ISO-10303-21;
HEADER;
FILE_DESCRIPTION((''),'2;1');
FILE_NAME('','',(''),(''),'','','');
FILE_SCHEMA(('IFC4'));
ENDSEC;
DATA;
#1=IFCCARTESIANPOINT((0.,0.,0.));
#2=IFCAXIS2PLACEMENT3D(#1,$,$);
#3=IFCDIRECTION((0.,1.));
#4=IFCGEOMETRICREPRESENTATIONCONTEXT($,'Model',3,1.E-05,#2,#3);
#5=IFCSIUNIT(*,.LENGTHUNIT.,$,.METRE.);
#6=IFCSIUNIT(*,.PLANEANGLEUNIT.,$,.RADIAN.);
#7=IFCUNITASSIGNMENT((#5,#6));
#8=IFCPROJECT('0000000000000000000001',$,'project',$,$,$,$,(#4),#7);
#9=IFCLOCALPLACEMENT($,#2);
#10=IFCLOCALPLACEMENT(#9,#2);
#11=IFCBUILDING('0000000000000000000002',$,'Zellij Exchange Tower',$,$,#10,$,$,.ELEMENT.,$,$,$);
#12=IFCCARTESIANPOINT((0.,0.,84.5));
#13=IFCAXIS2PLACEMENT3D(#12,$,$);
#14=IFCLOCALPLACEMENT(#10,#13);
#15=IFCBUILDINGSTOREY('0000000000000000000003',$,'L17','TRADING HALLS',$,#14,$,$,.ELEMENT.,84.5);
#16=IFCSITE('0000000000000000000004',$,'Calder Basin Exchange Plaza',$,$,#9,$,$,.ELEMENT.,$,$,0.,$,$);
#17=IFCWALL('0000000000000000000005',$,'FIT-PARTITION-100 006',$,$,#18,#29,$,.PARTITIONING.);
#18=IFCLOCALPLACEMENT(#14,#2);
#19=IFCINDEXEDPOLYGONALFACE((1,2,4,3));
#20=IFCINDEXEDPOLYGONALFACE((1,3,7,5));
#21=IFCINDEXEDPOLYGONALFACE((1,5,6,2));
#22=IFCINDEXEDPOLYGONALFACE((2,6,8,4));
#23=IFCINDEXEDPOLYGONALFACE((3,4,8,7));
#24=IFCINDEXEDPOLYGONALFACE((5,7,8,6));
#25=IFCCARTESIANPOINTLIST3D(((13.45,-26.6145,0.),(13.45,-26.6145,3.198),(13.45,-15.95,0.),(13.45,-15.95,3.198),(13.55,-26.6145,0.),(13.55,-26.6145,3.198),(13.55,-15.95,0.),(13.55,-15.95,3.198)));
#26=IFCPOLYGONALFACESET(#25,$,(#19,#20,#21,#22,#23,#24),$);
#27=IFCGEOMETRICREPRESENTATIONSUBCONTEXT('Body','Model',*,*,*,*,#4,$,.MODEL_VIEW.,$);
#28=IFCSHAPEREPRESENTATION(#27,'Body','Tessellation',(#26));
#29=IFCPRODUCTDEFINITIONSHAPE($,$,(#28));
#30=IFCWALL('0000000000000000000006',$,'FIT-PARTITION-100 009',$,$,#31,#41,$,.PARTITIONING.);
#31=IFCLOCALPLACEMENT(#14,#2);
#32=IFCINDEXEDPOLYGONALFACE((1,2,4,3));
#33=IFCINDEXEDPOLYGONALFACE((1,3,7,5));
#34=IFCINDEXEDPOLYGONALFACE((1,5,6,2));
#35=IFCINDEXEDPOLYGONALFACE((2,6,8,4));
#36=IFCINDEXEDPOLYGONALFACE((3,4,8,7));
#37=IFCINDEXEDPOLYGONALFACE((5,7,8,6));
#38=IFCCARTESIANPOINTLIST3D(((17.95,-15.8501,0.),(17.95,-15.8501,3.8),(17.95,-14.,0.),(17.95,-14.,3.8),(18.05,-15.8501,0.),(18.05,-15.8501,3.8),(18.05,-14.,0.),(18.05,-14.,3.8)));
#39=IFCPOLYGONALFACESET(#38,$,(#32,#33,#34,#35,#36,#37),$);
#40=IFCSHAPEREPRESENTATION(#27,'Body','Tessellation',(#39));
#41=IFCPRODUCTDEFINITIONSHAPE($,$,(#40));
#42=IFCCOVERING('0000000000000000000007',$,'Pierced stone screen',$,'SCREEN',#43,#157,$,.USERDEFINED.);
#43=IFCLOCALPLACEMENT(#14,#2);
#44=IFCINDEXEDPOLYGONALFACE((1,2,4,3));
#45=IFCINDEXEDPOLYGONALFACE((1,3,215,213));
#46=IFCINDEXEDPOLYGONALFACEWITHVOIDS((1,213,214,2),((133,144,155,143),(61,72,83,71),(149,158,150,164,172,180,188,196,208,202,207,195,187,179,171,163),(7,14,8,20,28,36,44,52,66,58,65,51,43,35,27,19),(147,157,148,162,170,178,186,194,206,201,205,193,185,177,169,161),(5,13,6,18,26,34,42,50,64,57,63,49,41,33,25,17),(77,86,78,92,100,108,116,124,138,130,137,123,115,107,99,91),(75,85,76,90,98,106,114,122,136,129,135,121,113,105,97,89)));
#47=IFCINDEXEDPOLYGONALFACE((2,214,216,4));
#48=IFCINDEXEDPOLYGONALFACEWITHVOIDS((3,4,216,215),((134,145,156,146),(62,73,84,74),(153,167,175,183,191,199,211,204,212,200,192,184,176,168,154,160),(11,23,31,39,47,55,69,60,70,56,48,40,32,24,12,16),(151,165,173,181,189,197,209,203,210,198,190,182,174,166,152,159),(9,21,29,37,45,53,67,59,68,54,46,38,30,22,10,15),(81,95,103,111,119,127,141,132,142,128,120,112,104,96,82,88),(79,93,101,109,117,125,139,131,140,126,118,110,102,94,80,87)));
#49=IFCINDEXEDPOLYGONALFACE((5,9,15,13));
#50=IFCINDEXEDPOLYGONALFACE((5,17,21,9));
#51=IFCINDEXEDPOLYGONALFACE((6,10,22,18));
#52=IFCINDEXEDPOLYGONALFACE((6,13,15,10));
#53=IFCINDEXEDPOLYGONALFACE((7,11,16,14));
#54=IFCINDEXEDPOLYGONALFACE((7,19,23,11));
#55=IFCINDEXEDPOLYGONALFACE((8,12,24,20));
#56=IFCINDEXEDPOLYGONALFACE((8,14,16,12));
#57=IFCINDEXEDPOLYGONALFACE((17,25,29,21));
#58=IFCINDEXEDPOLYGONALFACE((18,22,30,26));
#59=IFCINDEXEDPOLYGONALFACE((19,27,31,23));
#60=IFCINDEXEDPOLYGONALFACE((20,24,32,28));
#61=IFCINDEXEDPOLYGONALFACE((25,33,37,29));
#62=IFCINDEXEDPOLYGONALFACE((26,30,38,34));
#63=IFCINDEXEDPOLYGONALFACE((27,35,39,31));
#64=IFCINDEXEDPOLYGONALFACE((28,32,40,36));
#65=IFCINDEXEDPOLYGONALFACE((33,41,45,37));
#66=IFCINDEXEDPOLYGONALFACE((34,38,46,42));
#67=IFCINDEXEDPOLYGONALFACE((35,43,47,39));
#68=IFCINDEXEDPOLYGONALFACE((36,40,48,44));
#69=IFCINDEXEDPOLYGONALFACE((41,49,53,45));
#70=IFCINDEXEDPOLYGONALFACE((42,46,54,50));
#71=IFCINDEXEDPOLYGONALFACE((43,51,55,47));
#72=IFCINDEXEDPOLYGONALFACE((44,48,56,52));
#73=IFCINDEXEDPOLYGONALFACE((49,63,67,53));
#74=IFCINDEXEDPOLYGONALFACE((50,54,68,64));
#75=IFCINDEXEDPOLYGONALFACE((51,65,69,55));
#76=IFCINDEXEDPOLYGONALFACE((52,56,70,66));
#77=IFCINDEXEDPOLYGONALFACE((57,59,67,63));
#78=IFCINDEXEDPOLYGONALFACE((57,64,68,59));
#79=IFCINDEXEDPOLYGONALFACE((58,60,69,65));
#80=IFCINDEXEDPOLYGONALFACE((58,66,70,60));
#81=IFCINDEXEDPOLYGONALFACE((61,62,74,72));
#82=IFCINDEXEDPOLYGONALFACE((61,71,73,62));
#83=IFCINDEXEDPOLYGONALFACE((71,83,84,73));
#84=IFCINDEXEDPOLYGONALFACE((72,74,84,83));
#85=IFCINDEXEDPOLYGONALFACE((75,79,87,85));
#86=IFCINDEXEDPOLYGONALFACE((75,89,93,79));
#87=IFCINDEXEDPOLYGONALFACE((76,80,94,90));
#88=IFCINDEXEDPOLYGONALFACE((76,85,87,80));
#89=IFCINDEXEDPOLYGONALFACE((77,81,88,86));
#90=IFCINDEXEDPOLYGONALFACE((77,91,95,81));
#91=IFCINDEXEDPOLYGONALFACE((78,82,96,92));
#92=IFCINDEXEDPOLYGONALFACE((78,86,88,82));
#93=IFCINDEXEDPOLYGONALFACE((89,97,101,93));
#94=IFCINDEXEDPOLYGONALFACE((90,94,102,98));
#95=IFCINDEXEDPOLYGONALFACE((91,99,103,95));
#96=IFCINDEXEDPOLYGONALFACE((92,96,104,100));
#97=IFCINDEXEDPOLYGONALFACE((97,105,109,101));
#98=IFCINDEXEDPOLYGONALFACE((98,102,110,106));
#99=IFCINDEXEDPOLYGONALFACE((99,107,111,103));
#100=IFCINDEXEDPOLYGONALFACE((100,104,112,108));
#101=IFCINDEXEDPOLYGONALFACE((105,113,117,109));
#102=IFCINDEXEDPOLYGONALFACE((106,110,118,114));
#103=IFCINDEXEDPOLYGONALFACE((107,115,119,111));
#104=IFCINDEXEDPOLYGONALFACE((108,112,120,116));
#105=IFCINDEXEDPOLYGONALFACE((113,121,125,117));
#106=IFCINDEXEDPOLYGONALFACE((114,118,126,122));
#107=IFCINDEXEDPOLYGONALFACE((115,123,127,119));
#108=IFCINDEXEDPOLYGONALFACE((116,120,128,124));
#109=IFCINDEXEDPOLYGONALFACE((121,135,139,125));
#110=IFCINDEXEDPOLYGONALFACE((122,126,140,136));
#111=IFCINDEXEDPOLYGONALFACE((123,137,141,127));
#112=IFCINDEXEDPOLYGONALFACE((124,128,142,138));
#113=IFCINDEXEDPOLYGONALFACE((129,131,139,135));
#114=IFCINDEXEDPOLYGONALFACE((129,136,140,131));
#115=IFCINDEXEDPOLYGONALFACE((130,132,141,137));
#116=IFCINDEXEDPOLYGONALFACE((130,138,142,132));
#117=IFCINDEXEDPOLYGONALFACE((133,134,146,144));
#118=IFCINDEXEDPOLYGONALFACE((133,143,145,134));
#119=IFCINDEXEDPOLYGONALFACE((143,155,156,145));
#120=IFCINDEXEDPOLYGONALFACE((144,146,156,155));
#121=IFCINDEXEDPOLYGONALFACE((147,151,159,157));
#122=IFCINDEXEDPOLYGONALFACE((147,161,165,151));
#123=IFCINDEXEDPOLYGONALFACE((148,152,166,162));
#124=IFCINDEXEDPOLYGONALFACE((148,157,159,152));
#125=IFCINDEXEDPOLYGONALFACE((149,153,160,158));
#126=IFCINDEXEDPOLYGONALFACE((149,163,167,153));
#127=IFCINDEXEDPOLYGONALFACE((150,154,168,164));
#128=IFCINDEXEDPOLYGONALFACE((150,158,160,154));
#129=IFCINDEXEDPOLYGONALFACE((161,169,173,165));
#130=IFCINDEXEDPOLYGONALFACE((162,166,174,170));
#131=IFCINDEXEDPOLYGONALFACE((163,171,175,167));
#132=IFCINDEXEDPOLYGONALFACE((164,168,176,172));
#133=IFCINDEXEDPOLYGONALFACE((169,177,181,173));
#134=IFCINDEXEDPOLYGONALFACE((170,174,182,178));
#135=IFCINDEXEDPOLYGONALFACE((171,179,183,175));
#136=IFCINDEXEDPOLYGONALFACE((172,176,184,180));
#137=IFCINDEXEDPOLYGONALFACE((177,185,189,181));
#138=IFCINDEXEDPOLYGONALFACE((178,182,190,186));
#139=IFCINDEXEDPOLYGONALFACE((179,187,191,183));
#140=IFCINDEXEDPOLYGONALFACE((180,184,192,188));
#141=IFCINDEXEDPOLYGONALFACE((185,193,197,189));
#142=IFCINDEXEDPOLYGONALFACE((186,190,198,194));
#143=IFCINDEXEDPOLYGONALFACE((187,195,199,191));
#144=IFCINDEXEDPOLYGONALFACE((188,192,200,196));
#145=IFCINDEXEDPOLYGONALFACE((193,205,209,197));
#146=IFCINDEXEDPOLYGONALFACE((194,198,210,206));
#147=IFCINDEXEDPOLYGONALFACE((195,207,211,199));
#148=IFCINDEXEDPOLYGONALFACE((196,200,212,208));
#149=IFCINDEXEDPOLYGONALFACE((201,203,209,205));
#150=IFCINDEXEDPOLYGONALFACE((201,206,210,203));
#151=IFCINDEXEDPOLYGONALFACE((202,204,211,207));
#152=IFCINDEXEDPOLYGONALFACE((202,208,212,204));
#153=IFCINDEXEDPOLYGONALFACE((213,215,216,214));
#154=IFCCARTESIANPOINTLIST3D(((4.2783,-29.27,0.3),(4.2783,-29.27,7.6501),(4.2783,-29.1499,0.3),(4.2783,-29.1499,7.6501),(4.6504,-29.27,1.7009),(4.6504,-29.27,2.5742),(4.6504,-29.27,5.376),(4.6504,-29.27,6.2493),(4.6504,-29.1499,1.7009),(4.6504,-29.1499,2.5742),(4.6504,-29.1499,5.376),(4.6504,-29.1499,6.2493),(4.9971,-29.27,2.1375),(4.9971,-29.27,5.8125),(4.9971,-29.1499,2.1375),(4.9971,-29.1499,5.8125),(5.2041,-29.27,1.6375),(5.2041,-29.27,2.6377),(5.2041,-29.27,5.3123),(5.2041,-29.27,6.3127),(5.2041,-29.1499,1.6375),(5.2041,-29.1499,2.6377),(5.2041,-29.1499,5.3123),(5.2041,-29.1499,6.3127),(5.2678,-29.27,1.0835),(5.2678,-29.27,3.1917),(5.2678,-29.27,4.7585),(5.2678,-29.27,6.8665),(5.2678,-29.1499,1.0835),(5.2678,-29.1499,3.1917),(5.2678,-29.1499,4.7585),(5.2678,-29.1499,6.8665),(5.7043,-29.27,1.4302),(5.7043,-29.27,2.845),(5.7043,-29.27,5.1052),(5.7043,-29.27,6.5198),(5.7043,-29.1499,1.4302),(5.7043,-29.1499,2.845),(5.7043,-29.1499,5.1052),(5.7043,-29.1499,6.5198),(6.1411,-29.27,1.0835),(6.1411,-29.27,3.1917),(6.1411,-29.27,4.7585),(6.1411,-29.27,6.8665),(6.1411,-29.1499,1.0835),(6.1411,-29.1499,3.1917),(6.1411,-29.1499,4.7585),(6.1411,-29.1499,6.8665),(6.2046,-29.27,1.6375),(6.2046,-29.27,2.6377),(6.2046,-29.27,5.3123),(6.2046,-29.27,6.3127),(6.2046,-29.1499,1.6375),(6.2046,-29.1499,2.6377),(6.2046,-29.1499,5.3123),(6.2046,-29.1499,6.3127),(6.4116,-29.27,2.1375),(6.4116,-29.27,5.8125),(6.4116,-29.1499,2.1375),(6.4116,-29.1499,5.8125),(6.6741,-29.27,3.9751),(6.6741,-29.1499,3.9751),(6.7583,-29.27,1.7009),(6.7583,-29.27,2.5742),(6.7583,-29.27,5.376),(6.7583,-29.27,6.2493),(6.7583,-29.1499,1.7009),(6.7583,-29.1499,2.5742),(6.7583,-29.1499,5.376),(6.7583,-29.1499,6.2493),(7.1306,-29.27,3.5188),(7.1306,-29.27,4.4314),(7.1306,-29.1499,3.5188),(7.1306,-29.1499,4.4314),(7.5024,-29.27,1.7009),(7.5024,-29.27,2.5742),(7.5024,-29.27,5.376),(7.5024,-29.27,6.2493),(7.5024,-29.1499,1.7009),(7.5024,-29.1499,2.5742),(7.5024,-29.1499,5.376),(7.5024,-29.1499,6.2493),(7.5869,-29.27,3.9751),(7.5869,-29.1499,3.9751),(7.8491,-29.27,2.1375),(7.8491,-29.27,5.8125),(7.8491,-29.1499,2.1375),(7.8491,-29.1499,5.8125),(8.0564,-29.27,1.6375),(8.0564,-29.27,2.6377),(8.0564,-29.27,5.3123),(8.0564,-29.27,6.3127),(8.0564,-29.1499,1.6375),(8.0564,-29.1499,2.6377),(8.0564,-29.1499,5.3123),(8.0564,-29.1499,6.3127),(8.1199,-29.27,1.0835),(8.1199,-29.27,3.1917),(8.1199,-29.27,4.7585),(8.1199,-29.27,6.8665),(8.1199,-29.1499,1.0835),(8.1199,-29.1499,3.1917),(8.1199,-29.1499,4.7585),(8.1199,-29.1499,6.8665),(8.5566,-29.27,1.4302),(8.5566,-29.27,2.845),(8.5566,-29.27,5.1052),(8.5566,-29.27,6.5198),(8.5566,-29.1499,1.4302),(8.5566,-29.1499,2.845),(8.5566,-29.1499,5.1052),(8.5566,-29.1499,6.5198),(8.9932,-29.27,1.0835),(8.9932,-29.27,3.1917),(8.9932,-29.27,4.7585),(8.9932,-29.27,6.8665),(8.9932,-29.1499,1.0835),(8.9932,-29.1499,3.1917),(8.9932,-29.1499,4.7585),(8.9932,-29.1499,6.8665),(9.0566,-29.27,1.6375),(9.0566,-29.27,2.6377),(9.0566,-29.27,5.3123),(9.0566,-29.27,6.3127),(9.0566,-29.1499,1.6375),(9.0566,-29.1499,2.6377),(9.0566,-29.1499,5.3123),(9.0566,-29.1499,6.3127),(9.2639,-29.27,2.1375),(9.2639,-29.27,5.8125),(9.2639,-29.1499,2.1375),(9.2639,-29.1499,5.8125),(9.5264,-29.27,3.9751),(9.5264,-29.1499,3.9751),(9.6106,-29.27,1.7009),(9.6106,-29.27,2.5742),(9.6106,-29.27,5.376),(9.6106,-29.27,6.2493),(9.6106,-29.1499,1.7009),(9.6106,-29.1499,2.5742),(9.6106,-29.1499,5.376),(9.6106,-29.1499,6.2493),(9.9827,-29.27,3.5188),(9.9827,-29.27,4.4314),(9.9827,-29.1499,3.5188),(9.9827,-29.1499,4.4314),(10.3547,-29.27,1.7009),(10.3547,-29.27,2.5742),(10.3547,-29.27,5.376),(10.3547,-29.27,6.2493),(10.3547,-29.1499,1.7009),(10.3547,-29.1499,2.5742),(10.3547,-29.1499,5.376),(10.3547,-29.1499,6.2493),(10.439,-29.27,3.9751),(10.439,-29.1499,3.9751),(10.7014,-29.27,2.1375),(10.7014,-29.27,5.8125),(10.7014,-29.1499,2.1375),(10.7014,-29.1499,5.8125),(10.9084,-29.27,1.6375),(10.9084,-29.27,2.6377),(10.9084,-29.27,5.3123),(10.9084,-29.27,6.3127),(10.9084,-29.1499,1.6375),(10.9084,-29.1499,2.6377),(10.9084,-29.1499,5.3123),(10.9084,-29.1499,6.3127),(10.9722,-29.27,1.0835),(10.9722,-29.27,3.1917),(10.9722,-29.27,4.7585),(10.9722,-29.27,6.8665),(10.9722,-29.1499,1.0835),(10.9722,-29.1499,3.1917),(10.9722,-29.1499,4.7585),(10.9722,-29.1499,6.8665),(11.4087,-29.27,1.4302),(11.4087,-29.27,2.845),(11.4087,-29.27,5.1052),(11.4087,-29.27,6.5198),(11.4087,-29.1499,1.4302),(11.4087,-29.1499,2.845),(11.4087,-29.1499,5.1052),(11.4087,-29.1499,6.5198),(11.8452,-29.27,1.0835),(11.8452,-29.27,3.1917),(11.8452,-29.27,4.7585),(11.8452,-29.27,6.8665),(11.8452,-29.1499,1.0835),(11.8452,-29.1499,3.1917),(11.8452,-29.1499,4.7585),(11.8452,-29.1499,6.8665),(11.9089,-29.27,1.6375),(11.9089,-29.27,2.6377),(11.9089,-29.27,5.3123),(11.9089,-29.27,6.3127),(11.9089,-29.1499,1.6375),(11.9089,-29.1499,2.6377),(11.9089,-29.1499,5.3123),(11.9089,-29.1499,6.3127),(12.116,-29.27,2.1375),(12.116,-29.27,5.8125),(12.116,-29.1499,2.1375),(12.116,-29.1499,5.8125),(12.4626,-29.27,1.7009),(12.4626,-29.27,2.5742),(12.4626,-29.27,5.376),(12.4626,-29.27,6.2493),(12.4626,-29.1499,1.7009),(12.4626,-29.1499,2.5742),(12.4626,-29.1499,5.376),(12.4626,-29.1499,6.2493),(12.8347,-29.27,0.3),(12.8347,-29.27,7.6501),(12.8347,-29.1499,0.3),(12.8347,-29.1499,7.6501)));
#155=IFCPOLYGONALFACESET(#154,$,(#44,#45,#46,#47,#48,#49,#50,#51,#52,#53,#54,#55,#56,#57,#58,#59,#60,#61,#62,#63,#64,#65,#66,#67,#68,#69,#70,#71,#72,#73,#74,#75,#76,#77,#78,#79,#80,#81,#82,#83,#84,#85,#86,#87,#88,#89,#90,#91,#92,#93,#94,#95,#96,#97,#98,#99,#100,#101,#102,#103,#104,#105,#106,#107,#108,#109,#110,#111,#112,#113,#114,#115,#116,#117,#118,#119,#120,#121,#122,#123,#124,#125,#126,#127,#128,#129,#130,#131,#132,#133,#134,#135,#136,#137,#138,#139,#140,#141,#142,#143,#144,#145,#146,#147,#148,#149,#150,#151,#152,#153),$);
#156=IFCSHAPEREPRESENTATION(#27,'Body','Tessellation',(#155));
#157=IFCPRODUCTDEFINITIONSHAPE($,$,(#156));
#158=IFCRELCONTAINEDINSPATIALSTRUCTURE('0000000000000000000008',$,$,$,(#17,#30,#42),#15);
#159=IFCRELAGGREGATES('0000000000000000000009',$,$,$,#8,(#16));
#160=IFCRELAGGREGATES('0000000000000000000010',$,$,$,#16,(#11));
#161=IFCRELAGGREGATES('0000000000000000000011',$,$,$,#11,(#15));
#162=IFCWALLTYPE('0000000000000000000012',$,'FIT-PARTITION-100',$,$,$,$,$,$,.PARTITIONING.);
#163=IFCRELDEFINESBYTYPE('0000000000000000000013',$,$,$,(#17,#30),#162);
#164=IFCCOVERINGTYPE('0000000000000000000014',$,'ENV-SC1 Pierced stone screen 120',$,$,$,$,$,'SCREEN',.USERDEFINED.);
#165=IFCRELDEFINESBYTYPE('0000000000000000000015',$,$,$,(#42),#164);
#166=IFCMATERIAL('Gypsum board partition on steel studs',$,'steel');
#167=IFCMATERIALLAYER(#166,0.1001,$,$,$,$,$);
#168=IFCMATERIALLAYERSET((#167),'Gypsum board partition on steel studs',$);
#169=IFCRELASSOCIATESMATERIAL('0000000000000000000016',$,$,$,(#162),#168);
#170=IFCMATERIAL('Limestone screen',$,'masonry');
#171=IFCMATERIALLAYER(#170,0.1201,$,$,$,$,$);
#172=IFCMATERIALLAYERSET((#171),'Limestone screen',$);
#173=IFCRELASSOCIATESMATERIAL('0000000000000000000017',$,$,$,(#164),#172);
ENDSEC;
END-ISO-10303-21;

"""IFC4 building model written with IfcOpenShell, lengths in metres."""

from ifc_helpers import new_model, si_unit, direction, frame, frame_2d, origin, place, context, subcontext, project, spatial, polyline, rectangle, outline, extrude, material, layer, layer_set, type_object, element, save


model = new_model("IFC4")

# Units and contexts
model_context = context("Model", 3, precision=1e-05, world=origin(), true_north=direction((0.0, 1.0)))
body_context = subcontext(model_context, "Body", "Model", "MODEL_VIEW")
ifc_project = project(units=[si_unit("LENGTHUNIT", "METRE"), si_unit("PLANEANGLEUNIT", "RADIAN")], contexts=[model_context])

# Site, building, storey
site_placement = place(None, origin())
site = spatial("IfcSite", under=ifc_project, at=site_placement, Name="Calder Basin Exchange Plaza", CompositionType="ELEMENT", RefElevation=0.0)
building_placement = place(site_placement, origin())
building = spatial("IfcBuilding", under=site, at=building_placement, Name="Zellij Exchange Tower", CompositionType="ELEMENT")
storey_placement = place(building_placement, frame((0.0, 0.0, 84.5)))
storey = spatial("IfcBuildingStorey", under=building, at=storey_placement, Name="L17", Description="TRADING HALLS", CompositionType="ELEMENT", Elevation=84.5)

# Walls
ifc_material_1 = material(Name="Gypsum board partition on steel studs", Category="steel")
ifc_layer_1 = layer(ifc_material_1, 0.1001)
ifc_layer_set_1 = layer_set([ifc_layer_1], Name="Gypsum board partition on steel studs")
wall_type = type_object("IfcWallType", Name="FIT-PARTITION-100", PredefinedType="PARTITIONING", material=ifc_layer_set_1)
wall_1_placement = place(storey_placement, frame((13.5, -26.6145, 0.0), z_axis=(0.0, 0.0, 1.0), x_axis=(0.0, 1.0, 0.0)))
element("IfcWall", 1, at=wall_1_placement, inside=storey, type_object=wall_type, Name="FIT-PARTITION-100 006", PredefinedType="PARTITIONING", context=body_context, shape_type="SweptSolid", body=[
    extrude(rectangle(XDim=10.6646, YDim=0.1001, at=frame_2d((5.3323, 0.0))), origin(), (0.0, 0.0, 1.0), 3.198),
])
wall_2_placement = place(storey_placement, frame((18.0, -15.8501, 0.0), z_axis=(0.0, 0.0, 1.0), x_axis=(0.0, 1.0, 0.0)))
element("IfcWall", 2, at=wall_2_placement, inside=storey, type_object=wall_type, Name="FIT-PARTITION-100 009", PredefinedType="PARTITIONING", context=body_context, shape_type="SweptSolid", body=[
    extrude(rectangle(XDim=1.8501, YDim=0.1001, at=frame_2d((0.925, 0.0))), origin(), (0.0, 0.0, 1.0), 3.8),
])

# Covering
ifc_material_2 = material(Name="Limestone screen", Category="masonry")
ifc_layer_2 = layer(ifc_material_2, 0.1201)
ifc_layer_set_2 = layer_set([ifc_layer_2], Name="Limestone screen")
covering_type = type_object("IfcCoveringType", Name="ENV-SC1 Pierced stone screen 120", ElementType="SCREEN", PredefinedType="USERDEFINED", material=ifc_layer_set_2)
covering_1_placement = place(storey_placement, frame((4.2783, -29.21, 0.3), z_axis=(0.0, 0.0, 1.0), x_axis=(1.0, 0.0, 0.0)))
element("IfcCovering", 3, at=covering_1_placement, inside=storey, type_object=covering_type, Name="Pierced stone screen", ObjectType="SCREEN", PredefinedType="USERDEFINED", context=body_context, shape_type="SweptSolid", body=[
    extrude(outline(polyline([(0.0, 0.0), (8.5564, 0.0), (8.5564, 7.3501), (0.0, 7.3501), (0.0, 0.0)]), holes=[polyline([(2.48, 2.2742), (1.9263, 2.3376), (1.8628, 2.8916), (1.426, 2.5449), (0.9895, 2.8916), (0.9258, 2.3376), (0.3721, 2.2742), (0.7188, 1.8374), (0.3721, 1.4009), (0.9258, 1.3374), (0.9895, 0.7834), (1.426, 1.1301), (1.8628, 0.7834), (1.9263, 1.3374), (2.48, 1.4009), (2.1333, 1.8374), (2.48, 2.2742)]), polyline([(2.48, 5.9492), (1.9263, 6.0127), (1.8628, 6.5664), (1.426, 6.2197), (0.9895, 6.5664), (0.9258, 6.0127), (0.3721, 5.9492), (0.7188, 5.5125), (0.3721, 5.0759), (0.9258, 5.0122), (0.9895, 4.4585), (1.426, 4.8052), (1.8628, 4.4585), (1.9263, 5.0122), (2.48, 5.0759), (2.1333, 5.5125), (2.48, 5.9492)]), polyline([(5.3323, 2.2742), (4.7783, 2.3376), (4.7148, 2.8916), (4.2783, 2.5449), (3.8416, 2.8916), (3.7781, 2.3376), (3.2241, 2.2742), (3.5708, 1.8374), (3.2241, 1.4009), (3.7781, 1.3374), (3.8416, 0.7834), (4.2783, 1.1301), (4.7148, 0.7834), (4.7783, 1.3374), (5.3323, 1.4009), (4.9856, 1.8374), (5.3323, 2.2742)]), polyline([(5.3323, 5.9492), (4.7783, 6.0127), (4.7148, 6.5664), (4.2783, 6.2197), (3.8416, 6.5664), (3.7781, 6.0127), (3.2241, 5.9492), (3.5708, 5.5125), (3.2241, 5.0759), (3.7781, 5.0122), (3.8416, 4.4585), (4.2783, 4.8052), (4.7148, 4.4585), (4.7783, 5.0122), (5.3323, 5.0759), (4.9856, 5.5125), (5.3323, 5.9492)]), polyline([(8.1843, 2.2742), (7.6306, 2.3376), (7.5669, 2.8916), (7.1304, 2.5449), (6.6938, 2.8916), (6.6301, 2.3376), (6.0764, 2.2742), (6.4231, 1.8374), (6.0764, 1.4009), (6.6301, 1.3374), (6.6938, 0.7834), (7.1304, 1.1301), (7.5669, 0.7834), (7.6306, 1.3374), (8.1843, 1.4009), (7.8376, 1.8374), (8.1843, 2.2742)]), polyline([(8.1843, 5.9492), (7.6306, 6.0127), (7.5669, 6.5664), (7.1304, 6.2197), (6.6938, 6.5664), (6.6301, 6.0127), (6.0764, 5.9492), (6.4231, 5.5125), (6.0764, 5.0759), (6.6301, 5.0122), (6.6938, 4.4585), (7.1304, 4.8052), (7.5669, 4.4585), (7.6306, 5.0122), (8.1843, 5.0759), (7.8376, 5.5125), (8.1843, 5.9492)]), polyline([(3.3086, 3.675), (2.8523, 4.1313), (2.3958, 3.675), (2.8523, 3.2188), (3.3086, 3.675)]), polyline([(6.1606, 3.675), (5.7043, 4.1313), (5.248, 3.675), (5.7043, 3.2188), (6.1606, 3.675)])]), frame((0.0, 0.0601, 0.0), z_axis=(0.0, -1.0, 0.0), x_axis=(1.0, 0.0, 0.0)), (0.0, 0.0, 1.0), 0.1201),
])

save(model, "model.ifc")
